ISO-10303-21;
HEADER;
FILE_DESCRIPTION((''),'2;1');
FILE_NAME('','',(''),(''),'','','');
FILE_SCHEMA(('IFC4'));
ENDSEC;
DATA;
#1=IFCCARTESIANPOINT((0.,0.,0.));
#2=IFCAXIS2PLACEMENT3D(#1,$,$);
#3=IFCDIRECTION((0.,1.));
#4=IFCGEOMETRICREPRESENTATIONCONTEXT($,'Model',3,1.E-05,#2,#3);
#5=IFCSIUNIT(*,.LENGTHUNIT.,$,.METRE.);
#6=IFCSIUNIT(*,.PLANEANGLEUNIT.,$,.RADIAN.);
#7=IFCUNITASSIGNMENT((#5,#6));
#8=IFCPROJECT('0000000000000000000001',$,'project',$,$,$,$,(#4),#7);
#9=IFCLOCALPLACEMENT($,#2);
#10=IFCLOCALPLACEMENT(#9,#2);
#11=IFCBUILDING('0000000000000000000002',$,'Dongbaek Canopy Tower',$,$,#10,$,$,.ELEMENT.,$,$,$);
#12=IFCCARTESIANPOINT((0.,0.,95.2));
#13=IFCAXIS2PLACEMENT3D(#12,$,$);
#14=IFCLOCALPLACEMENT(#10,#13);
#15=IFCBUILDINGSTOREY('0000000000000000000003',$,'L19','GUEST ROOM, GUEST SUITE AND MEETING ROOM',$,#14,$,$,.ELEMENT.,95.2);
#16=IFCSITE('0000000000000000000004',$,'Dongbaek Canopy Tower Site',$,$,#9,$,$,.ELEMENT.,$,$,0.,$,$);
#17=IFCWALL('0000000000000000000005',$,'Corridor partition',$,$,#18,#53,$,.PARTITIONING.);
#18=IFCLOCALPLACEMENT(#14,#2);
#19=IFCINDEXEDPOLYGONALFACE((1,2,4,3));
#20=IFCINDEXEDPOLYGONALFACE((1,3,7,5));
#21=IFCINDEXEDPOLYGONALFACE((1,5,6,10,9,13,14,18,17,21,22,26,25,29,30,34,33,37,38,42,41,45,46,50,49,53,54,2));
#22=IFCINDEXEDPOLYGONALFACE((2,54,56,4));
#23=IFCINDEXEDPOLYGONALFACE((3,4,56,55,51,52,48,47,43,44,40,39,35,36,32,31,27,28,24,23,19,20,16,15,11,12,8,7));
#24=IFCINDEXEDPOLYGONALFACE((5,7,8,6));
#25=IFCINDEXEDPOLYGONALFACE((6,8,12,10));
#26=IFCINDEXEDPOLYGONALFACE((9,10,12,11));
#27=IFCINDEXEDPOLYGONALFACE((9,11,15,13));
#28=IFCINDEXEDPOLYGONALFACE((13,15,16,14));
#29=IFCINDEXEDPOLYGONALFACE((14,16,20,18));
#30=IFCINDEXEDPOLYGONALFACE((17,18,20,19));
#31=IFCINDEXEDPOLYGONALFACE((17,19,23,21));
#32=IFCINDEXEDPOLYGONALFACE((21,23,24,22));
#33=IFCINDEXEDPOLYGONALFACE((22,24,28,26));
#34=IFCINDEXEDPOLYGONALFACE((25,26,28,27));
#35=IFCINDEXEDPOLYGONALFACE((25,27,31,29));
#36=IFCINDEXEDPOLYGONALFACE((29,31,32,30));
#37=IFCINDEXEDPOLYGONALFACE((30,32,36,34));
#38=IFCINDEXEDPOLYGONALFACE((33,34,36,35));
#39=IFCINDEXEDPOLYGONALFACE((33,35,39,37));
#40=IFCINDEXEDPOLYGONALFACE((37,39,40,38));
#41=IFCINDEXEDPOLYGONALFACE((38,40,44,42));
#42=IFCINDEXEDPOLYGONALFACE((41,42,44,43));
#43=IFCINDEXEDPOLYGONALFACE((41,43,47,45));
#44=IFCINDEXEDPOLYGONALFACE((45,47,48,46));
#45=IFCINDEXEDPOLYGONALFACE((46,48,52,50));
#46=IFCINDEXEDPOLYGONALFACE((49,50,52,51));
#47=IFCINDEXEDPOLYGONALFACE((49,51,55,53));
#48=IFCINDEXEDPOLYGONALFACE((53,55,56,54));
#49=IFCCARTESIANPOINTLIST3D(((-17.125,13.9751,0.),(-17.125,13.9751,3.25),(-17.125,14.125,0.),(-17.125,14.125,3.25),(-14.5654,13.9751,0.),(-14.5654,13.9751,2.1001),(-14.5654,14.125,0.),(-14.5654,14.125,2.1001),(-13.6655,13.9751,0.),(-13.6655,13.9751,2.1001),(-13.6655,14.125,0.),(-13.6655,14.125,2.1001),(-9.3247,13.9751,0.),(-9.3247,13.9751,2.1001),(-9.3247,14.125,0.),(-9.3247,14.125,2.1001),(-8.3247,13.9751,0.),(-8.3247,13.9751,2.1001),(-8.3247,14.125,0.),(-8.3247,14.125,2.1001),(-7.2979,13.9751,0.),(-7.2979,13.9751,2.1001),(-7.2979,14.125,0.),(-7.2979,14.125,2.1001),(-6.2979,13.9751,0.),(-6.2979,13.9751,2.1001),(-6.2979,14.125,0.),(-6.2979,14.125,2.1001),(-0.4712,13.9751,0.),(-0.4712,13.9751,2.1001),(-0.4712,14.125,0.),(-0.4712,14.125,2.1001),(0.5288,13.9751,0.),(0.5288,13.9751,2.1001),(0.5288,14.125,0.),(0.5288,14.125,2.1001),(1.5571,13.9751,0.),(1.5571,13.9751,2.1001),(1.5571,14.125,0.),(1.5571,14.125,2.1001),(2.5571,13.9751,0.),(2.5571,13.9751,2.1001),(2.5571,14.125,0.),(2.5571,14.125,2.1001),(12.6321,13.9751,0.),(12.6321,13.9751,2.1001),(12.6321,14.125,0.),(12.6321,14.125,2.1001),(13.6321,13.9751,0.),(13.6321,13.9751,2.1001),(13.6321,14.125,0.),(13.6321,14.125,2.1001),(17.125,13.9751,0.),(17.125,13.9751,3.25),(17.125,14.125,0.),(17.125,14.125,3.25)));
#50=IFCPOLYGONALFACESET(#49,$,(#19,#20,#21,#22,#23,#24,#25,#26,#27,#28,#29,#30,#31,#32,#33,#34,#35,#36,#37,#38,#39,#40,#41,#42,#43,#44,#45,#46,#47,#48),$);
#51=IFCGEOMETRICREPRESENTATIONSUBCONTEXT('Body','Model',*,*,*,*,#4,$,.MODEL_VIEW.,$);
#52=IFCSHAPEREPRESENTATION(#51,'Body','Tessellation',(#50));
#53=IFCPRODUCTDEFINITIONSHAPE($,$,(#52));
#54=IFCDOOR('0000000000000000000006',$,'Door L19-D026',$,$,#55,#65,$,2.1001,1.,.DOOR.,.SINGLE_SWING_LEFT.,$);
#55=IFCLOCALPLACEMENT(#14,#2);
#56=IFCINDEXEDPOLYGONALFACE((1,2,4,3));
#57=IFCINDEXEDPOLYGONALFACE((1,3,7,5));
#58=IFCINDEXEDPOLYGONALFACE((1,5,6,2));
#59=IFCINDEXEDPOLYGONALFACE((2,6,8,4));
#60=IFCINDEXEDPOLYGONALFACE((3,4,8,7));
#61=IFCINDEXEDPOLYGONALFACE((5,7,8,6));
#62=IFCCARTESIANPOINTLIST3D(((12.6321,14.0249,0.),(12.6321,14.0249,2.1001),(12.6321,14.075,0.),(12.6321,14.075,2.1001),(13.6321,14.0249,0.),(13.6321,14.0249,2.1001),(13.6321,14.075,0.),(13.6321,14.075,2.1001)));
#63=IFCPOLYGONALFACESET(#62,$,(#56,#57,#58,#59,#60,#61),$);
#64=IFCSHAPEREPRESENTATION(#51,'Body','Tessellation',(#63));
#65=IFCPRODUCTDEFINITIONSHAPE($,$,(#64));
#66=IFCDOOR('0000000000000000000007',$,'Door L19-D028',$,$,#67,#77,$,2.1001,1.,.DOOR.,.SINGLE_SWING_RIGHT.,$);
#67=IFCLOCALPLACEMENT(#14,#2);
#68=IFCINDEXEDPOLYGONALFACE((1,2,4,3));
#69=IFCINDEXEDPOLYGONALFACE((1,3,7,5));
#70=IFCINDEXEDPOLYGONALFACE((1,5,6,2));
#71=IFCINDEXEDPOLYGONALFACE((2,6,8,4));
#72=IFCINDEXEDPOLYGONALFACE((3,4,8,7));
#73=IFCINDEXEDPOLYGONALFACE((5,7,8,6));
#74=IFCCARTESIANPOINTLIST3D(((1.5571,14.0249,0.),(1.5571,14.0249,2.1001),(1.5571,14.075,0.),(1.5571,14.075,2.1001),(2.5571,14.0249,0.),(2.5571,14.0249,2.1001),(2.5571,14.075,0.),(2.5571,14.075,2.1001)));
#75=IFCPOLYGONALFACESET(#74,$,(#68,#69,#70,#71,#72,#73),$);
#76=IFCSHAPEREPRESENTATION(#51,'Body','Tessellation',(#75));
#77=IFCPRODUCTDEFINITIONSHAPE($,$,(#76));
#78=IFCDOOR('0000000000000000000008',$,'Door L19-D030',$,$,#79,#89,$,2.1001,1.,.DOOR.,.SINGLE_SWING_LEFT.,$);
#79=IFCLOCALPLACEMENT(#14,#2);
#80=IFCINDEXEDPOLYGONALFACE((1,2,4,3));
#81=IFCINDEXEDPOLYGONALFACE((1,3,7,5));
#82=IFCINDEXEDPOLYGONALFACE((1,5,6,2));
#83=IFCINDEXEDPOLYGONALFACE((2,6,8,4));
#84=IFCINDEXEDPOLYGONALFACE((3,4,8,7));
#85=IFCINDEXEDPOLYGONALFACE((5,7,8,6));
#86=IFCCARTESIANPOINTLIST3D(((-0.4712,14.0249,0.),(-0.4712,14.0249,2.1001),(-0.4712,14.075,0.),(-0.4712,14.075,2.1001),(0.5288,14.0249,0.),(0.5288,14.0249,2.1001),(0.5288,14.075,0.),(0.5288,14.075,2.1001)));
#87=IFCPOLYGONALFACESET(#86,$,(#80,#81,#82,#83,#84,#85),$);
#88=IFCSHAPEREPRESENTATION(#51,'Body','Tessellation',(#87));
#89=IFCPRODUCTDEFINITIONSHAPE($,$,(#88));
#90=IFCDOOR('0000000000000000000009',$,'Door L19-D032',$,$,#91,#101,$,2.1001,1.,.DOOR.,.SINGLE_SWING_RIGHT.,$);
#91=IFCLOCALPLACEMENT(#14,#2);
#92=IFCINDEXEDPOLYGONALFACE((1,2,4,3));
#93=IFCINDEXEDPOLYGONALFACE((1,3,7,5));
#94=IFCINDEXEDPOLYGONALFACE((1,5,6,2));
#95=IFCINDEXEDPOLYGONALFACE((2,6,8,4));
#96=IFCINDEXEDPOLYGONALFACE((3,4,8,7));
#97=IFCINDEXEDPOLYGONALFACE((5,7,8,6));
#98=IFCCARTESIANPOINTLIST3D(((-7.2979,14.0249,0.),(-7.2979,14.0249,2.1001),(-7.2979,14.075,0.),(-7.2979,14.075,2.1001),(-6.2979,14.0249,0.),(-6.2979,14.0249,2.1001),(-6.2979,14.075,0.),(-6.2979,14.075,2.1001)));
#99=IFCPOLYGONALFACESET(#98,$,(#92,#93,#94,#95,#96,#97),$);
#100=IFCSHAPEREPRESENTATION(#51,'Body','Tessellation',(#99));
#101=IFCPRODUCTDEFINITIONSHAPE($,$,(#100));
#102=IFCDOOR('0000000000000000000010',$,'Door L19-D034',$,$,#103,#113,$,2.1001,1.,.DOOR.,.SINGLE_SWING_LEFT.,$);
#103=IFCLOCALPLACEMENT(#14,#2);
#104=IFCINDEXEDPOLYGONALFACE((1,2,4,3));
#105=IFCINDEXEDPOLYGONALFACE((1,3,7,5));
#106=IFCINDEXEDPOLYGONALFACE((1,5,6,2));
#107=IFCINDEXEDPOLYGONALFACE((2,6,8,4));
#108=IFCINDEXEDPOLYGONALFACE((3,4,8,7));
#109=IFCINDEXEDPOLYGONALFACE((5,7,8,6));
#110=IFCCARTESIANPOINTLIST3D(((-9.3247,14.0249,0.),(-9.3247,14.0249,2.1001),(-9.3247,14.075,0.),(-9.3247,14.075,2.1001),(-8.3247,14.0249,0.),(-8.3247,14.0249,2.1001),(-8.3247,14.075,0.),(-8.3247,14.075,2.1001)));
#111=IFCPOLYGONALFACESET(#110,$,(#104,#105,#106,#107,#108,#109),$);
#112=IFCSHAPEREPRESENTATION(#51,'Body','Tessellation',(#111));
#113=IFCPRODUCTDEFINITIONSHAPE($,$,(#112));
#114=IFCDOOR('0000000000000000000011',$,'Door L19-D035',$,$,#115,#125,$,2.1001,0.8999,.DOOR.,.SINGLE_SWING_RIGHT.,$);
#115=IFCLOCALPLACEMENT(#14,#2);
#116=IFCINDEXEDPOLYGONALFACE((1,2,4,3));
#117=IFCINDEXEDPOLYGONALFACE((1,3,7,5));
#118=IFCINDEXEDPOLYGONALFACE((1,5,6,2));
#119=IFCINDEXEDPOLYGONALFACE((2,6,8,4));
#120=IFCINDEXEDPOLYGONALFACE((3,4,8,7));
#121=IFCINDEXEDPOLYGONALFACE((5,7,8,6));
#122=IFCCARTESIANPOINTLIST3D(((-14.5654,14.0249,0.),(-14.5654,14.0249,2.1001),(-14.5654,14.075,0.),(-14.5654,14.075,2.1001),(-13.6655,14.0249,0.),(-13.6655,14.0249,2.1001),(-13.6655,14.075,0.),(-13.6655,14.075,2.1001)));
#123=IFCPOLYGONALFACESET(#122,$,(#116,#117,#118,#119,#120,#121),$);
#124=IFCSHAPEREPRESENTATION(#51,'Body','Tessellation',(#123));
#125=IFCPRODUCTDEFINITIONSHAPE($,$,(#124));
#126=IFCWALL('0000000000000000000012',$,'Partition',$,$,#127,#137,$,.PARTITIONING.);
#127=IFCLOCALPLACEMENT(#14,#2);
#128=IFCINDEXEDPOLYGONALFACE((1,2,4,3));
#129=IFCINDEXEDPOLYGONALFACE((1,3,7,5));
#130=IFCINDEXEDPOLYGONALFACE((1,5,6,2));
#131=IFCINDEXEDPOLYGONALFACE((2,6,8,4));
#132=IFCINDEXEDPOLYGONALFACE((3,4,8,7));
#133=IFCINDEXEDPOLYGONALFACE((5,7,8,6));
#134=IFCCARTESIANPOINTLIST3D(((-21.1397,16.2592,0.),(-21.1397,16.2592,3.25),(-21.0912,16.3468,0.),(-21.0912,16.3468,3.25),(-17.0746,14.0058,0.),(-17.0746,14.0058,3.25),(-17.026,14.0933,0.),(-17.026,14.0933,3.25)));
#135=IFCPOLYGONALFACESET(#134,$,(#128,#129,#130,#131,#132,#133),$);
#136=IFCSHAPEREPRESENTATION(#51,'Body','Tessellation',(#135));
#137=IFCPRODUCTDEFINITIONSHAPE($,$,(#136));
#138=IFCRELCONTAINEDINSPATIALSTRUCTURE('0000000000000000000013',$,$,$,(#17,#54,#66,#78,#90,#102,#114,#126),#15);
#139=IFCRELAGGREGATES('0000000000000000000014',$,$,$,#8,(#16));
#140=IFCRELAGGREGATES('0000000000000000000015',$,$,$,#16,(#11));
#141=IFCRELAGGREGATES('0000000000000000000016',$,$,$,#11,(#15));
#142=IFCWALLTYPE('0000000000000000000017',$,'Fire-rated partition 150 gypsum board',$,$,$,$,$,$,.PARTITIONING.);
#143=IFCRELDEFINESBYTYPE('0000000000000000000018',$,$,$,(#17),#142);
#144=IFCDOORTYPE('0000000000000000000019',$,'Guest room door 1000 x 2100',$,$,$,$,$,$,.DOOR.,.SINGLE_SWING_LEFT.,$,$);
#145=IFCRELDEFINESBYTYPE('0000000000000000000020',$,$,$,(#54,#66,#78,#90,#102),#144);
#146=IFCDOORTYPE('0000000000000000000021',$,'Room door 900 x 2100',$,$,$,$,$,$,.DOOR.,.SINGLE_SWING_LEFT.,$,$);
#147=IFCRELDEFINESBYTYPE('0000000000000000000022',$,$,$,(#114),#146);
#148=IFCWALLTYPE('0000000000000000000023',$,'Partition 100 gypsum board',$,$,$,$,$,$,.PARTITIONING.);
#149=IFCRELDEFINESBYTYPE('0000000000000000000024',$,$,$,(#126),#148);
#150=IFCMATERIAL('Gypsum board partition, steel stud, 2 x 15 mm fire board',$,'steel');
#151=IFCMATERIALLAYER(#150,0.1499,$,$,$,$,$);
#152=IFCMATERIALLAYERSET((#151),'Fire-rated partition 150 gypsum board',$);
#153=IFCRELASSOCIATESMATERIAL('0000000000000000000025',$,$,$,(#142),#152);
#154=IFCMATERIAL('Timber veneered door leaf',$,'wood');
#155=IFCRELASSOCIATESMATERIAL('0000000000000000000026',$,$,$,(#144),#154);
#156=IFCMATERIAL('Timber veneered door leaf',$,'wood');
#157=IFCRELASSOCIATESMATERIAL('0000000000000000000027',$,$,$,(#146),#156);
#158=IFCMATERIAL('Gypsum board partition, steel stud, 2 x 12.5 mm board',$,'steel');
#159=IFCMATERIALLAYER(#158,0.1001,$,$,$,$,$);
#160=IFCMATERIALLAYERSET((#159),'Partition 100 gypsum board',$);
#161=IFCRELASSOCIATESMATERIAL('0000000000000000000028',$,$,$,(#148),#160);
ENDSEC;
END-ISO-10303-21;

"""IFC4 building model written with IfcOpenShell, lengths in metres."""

from ifc_helpers import new_model, si_unit, direction, frame, frame_2d, origin, place, context, subcontext, project, spatial, rectangle, extrude, material, layer, layer_set, type_object, element, fill, save


model = new_model("IFC4")

# Units and contexts
model_context = context("Model", 3, precision=1e-05, world=origin(), true_north=direction((0.0, 1.0)))
body_context = subcontext(model_context, "Body", "Model", "MODEL_VIEW")
ifc_project = project(units=[si_unit("LENGTHUNIT", "METRE"), si_unit("PLANEANGLEUNIT", "RADIAN")], contexts=[model_context])

# Site, building, storey
site_placement = place(None, origin())
site = spatial("IfcSite", under=ifc_project, at=site_placement, Name="Dongbaek Canopy Tower Site", CompositionType="ELEMENT", RefElevation=0.0)
building_placement = place(site_placement, origin())
building = spatial("IfcBuilding", under=site, at=building_placement, Name="Dongbaek Canopy Tower", CompositionType="ELEMENT")
storey_placement = place(building_placement, frame((0.0, 0.0, 95.2)))
storey = spatial("IfcBuildingStorey", under=building, at=storey_placement, Name="L19", Description="GUEST ROOM, GUEST SUITE AND MEETING ROOM", CompositionType="ELEMENT", Elevation=95.2)

# Wall, openings, doors
ifc_material_1 = material(Name="Gypsum board partition, steel stud, 2 x 15 mm fire board", Category="steel")
ifc_layer_1 = layer(ifc_material_1, 0.1499)
ifc_layer_set_1 = layer_set([ifc_layer_1], Name="Fire-rated partition 150 gypsum board")
wall_type_1 = type_object("IfcWallType", Name="Fire-rated partition 150 gypsum board", PredefinedType="PARTITIONING", material=ifc_layer_set_1)
wall_1_placement = place(storey_placement, frame((-17.125, 14.05, 0.0), z_axis=(0.0, 0.0, 1.0), x_axis=(1.0, 0.0, 0.0)))
wall_1 = element("IfcWall", 1, at=wall_1_placement, inside=storey, type_object=wall_type_1, Name="Corridor partition", PredefinedType="PARTITIONING", context=body_context, shape_type="SweptSolid", body=[
    extrude(rectangle(XDim=34.25, YDim=0.1499, at=frame_2d((17.125, 0.0))), origin(), (0.0, 0.0, 1.0), 3.25),
])
opening_1_placement = place(wall_1_placement, frame((29.7571, 0.0, 0.0)))
opening_1 = element("IfcOpeningElement", 2, at=opening_1_placement, cuts=wall_1, PredefinedType="OPENING", context=body_context, shape_type="SweptSolid", body=[
    extrude(rectangle(XDim=1.0, YDim=2.1001, at=frame_2d((0.5, 1.05))), frame((0.0, 0.085, 0.0), z_axis=(0.0, -1.0, 0.0), x_axis=(1.0, 0.0, 0.0)), (0.0, 0.0, 1.0), 0.1699),
])
opening_2_placement = place(wall_1_placement, frame((18.6821, 0.0, 0.0)))
opening_2 = element("IfcOpeningElement", 3, at=opening_2_placement, cuts=wall_1, PredefinedType="OPENING", context=body_context, shape_type="SweptSolid", body=[
    extrude(rectangle(XDim=1.0, YDim=2.1001, at=frame_2d((0.5, 1.05))), frame((0.0, 0.085, 0.0), z_axis=(0.0, -1.0, 0.0), x_axis=(1.0, 0.0, 0.0)), (0.0, 0.0, 1.0), 0.1699),
])
opening_3_placement = place(wall_1_placement, frame((16.6538, 0.0, 0.0)))
opening_3 = element("IfcOpeningElement", 4, at=opening_3_placement, cuts=wall_1, PredefinedType="OPENING", context=body_context, shape_type="SweptSolid", body=[
    extrude(rectangle(XDim=1.0, YDim=2.1001, at=frame_2d((0.5, 1.05))), frame((0.0, 0.085, 0.0), z_axis=(0.0, -1.0, 0.0), x_axis=(1.0, 0.0, 0.0)), (0.0, 0.0, 1.0), 0.1699),
])
opening_4_placement = place(wall_1_placement, frame((9.8271, 0.0, 0.0)))
opening_4 = element("IfcOpeningElement", 5, at=opening_4_placement, cuts=wall_1, PredefinedType="OPENING", context=body_context, shape_type="SweptSolid", body=[
    extrude(rectangle(XDim=1.0, YDim=2.1001, at=frame_2d((0.5, 1.05))), frame((0.0, 0.085, 0.0), z_axis=(0.0, -1.0, 0.0), x_axis=(1.0, 0.0, 0.0)), (0.0, 0.0, 1.0), 0.1699),
])
opening_5_placement = place(wall_1_placement, frame((7.8003, 0.0, 0.0)))
opening_5 = element("IfcOpeningElement", 6, at=opening_5_placement, cuts=wall_1, PredefinedType="OPENING", context=body_context, shape_type="SweptSolid", body=[
    extrude(rectangle(XDim=1.0, YDim=2.1001, at=frame_2d((0.5, 1.05))), frame((0.0, 0.085, 0.0), z_axis=(0.0, -1.0, 0.0), x_axis=(1.0, 0.0, 0.0)), (0.0, 0.0, 1.0), 0.1699),
])
opening_6_placement = place(wall_1_placement, frame((2.5596, 0.0, 0.0)))
opening_6 = element("IfcOpeningElement", 7, at=opening_6_placement, cuts=wall_1, PredefinedType="OPENING", context=body_context, shape_type="SweptSolid", body=[
    extrude(rectangle(XDim=0.8999, YDim=2.1001, at=frame_2d((0.45, 1.05))), frame((0.0, 0.085, 0.0), z_axis=(0.0, -1.0, 0.0), x_axis=(1.0, 0.0, 0.0)), (0.0, 0.0, 1.0), 0.1699),
])
ifc_material_2 = material(Name="Timber veneered door leaf", Category="wood")
door_type_1 = type_object("IfcDoorType", Name="Guest room door 1000 x 2100", OperationType="SINGLE_SWING_LEFT", PredefinedType="DOOR", material=ifc_material_2)
door_1_placement = place(opening_1_placement, origin())
door_1 = element("IfcDoor", 8, at=door_1_placement, inside=storey, type_object=door_type_1, Name="Door L19-D026", OperationType="SINGLE_SWING_LEFT", OverallHeight=2.1001, OverallWidth=1.0, PredefinedType="DOOR", context=body_context, shape_type="SweptSolid", body=[
    extrude(rectangle(XDim=1.0, YDim=2.1001, at=frame_2d((0.5, 1.05))), frame((0.0, 0.0249, 0.0), z_axis=(0.0, -1.0, 0.0), x_axis=(1.0, 0.0, 0.0)), (0.0, 0.0, 1.0), 0.05),
])
fill(opening_1, door_1)
door_2_placement = place(opening_2_placement, origin())
door_2 = element("IfcDoor", 9, at=door_2_placement, inside=storey, type_object=door_type_1, Name="Door L19-D028", OperationType="SINGLE_SWING_RIGHT", OverallHeight=2.1001, OverallWidth=1.0, PredefinedType="DOOR", context=body_context, shape_type="SweptSolid", body=[
    extrude(rectangle(XDim=1.0, YDim=2.1001, at=frame_2d((0.5, 1.05))), frame((0.0, 0.0249, 0.0), z_axis=(0.0, -1.0, 0.0), x_axis=(1.0, 0.0, 0.0)), (0.0, 0.0, 1.0), 0.05),
])
fill(opening_2, door_2)
door_3_placement = place(opening_3_placement, origin())
door_3 = element("IfcDoor", 10, at=door_3_placement, inside=storey, type_object=door_type_1, Name="Door L19-D030", OperationType="SINGLE_SWING_LEFT", OverallHeight=2.1001, OverallWidth=1.0, PredefinedType="DOOR", context=body_context, shape_type="SweptSolid", body=[
    extrude(rectangle(XDim=1.0, YDim=2.1001, at=frame_2d((0.5, 1.05))), frame((0.0, 0.0249, 0.0), z_axis=(0.0, -1.0, 0.0), x_axis=(1.0, 0.0, 0.0)), (0.0, 0.0, 1.0), 0.05),
])
fill(opening_3, door_3)
door_4_placement = place(opening_4_placement, origin())
door_4 = element("IfcDoor", 11, at=door_4_placement, inside=storey, type_object=door_type_1, Name="Door L19-D032", OperationType="SINGLE_SWING_RIGHT", OverallHeight=2.1001, OverallWidth=1.0, PredefinedType="DOOR", context=body_context, shape_type="SweptSolid", body=[
    extrude(rectangle(XDim=1.0, YDim=2.1001, at=frame_2d((0.5, 1.05))), frame((0.0, 0.0249, 0.0), z_axis=(0.0, -1.0, 0.0), x_axis=(1.0, 0.0, 0.0)), (0.0, 0.0, 1.0), 0.05),
])
fill(opening_4, door_4)
door_5_placement = place(opening_5_placement, origin())
door_5 = element("IfcDoor", 12, at=door_5_placement, inside=storey, type_object=door_type_1, Name="Door L19-D034", OperationType="SINGLE_SWING_LEFT", OverallHeight=2.1001, OverallWidth=1.0, PredefinedType="DOOR", context=body_context, shape_type="SweptSolid", body=[
    extrude(rectangle(XDim=1.0, YDim=2.1001, at=frame_2d((0.5, 1.05))), frame((0.0, 0.0249, 0.0), z_axis=(0.0, -1.0, 0.0), x_axis=(1.0, 0.0, 0.0)), (0.0, 0.0, 1.0), 0.05),
])
fill(opening_5, door_5)
ifc_material_3 = material(Name="Timber veneered door leaf", Category="wood")
door_type_2 = type_object("IfcDoorType", Name="Room door 900 x 2100", OperationType="SINGLE_SWING_LEFT", PredefinedType="DOOR", material=ifc_material_3)
door_6_placement = place(opening_6_placement, origin())
door_6 = element("IfcDoor", 13, at=door_6_placement, inside=storey, type_object=door_type_2, Name="Door L19-D035", OperationType="SINGLE_SWING_RIGHT", OverallHeight=2.1001, OverallWidth=0.8999, PredefinedType="DOOR", context=body_context, shape_type="SweptSolid", body=[
    extrude(rectangle(XDim=0.8999, YDim=2.1001, at=frame_2d((0.45, 1.05))), frame((0.0, 0.0249, 0.0), z_axis=(0.0, -1.0, 0.0), x_axis=(1.0, 0.0, 0.0)), (0.0, 0.0, 1.0), 0.05),
])
fill(opening_6, door_6)

# Wall
ifc_material_4 = material(Name="Gypsum board partition, steel stud, 2 x 12.5 mm board", Category="steel")
ifc_layer_2 = layer(ifc_material_4, 0.1001)
ifc_layer_set_2 = layer_set([ifc_layer_2], Name="Partition 100 gypsum board")
wall_type_2 = type_object("IfcWallType", Name="Partition 100 gypsum board", PredefinedType="PARTITIONING", material=ifc_layer_set_2)
wall_2_placement = place(storey_placement, frame((-21.1155, 16.303, 0.0), z_axis=(0.0, 0.0, 1.0), x_axis=(0.874615, -0.484818, 0.0)))
element("IfcWall", 14, at=wall_2_placement, inside=storey, type_object=wall_type_2, Name="Partition", PredefinedType="PARTITIONING", context=body_context, shape_type="SweptSolid", body=[
    extrude(rectangle(XDim=4.6479, YDim=0.1001, at=frame_2d((2.324, 0.0))), origin(), (0.0, 0.0, 1.0), 3.25),
])

save(model, "model.ifc")
